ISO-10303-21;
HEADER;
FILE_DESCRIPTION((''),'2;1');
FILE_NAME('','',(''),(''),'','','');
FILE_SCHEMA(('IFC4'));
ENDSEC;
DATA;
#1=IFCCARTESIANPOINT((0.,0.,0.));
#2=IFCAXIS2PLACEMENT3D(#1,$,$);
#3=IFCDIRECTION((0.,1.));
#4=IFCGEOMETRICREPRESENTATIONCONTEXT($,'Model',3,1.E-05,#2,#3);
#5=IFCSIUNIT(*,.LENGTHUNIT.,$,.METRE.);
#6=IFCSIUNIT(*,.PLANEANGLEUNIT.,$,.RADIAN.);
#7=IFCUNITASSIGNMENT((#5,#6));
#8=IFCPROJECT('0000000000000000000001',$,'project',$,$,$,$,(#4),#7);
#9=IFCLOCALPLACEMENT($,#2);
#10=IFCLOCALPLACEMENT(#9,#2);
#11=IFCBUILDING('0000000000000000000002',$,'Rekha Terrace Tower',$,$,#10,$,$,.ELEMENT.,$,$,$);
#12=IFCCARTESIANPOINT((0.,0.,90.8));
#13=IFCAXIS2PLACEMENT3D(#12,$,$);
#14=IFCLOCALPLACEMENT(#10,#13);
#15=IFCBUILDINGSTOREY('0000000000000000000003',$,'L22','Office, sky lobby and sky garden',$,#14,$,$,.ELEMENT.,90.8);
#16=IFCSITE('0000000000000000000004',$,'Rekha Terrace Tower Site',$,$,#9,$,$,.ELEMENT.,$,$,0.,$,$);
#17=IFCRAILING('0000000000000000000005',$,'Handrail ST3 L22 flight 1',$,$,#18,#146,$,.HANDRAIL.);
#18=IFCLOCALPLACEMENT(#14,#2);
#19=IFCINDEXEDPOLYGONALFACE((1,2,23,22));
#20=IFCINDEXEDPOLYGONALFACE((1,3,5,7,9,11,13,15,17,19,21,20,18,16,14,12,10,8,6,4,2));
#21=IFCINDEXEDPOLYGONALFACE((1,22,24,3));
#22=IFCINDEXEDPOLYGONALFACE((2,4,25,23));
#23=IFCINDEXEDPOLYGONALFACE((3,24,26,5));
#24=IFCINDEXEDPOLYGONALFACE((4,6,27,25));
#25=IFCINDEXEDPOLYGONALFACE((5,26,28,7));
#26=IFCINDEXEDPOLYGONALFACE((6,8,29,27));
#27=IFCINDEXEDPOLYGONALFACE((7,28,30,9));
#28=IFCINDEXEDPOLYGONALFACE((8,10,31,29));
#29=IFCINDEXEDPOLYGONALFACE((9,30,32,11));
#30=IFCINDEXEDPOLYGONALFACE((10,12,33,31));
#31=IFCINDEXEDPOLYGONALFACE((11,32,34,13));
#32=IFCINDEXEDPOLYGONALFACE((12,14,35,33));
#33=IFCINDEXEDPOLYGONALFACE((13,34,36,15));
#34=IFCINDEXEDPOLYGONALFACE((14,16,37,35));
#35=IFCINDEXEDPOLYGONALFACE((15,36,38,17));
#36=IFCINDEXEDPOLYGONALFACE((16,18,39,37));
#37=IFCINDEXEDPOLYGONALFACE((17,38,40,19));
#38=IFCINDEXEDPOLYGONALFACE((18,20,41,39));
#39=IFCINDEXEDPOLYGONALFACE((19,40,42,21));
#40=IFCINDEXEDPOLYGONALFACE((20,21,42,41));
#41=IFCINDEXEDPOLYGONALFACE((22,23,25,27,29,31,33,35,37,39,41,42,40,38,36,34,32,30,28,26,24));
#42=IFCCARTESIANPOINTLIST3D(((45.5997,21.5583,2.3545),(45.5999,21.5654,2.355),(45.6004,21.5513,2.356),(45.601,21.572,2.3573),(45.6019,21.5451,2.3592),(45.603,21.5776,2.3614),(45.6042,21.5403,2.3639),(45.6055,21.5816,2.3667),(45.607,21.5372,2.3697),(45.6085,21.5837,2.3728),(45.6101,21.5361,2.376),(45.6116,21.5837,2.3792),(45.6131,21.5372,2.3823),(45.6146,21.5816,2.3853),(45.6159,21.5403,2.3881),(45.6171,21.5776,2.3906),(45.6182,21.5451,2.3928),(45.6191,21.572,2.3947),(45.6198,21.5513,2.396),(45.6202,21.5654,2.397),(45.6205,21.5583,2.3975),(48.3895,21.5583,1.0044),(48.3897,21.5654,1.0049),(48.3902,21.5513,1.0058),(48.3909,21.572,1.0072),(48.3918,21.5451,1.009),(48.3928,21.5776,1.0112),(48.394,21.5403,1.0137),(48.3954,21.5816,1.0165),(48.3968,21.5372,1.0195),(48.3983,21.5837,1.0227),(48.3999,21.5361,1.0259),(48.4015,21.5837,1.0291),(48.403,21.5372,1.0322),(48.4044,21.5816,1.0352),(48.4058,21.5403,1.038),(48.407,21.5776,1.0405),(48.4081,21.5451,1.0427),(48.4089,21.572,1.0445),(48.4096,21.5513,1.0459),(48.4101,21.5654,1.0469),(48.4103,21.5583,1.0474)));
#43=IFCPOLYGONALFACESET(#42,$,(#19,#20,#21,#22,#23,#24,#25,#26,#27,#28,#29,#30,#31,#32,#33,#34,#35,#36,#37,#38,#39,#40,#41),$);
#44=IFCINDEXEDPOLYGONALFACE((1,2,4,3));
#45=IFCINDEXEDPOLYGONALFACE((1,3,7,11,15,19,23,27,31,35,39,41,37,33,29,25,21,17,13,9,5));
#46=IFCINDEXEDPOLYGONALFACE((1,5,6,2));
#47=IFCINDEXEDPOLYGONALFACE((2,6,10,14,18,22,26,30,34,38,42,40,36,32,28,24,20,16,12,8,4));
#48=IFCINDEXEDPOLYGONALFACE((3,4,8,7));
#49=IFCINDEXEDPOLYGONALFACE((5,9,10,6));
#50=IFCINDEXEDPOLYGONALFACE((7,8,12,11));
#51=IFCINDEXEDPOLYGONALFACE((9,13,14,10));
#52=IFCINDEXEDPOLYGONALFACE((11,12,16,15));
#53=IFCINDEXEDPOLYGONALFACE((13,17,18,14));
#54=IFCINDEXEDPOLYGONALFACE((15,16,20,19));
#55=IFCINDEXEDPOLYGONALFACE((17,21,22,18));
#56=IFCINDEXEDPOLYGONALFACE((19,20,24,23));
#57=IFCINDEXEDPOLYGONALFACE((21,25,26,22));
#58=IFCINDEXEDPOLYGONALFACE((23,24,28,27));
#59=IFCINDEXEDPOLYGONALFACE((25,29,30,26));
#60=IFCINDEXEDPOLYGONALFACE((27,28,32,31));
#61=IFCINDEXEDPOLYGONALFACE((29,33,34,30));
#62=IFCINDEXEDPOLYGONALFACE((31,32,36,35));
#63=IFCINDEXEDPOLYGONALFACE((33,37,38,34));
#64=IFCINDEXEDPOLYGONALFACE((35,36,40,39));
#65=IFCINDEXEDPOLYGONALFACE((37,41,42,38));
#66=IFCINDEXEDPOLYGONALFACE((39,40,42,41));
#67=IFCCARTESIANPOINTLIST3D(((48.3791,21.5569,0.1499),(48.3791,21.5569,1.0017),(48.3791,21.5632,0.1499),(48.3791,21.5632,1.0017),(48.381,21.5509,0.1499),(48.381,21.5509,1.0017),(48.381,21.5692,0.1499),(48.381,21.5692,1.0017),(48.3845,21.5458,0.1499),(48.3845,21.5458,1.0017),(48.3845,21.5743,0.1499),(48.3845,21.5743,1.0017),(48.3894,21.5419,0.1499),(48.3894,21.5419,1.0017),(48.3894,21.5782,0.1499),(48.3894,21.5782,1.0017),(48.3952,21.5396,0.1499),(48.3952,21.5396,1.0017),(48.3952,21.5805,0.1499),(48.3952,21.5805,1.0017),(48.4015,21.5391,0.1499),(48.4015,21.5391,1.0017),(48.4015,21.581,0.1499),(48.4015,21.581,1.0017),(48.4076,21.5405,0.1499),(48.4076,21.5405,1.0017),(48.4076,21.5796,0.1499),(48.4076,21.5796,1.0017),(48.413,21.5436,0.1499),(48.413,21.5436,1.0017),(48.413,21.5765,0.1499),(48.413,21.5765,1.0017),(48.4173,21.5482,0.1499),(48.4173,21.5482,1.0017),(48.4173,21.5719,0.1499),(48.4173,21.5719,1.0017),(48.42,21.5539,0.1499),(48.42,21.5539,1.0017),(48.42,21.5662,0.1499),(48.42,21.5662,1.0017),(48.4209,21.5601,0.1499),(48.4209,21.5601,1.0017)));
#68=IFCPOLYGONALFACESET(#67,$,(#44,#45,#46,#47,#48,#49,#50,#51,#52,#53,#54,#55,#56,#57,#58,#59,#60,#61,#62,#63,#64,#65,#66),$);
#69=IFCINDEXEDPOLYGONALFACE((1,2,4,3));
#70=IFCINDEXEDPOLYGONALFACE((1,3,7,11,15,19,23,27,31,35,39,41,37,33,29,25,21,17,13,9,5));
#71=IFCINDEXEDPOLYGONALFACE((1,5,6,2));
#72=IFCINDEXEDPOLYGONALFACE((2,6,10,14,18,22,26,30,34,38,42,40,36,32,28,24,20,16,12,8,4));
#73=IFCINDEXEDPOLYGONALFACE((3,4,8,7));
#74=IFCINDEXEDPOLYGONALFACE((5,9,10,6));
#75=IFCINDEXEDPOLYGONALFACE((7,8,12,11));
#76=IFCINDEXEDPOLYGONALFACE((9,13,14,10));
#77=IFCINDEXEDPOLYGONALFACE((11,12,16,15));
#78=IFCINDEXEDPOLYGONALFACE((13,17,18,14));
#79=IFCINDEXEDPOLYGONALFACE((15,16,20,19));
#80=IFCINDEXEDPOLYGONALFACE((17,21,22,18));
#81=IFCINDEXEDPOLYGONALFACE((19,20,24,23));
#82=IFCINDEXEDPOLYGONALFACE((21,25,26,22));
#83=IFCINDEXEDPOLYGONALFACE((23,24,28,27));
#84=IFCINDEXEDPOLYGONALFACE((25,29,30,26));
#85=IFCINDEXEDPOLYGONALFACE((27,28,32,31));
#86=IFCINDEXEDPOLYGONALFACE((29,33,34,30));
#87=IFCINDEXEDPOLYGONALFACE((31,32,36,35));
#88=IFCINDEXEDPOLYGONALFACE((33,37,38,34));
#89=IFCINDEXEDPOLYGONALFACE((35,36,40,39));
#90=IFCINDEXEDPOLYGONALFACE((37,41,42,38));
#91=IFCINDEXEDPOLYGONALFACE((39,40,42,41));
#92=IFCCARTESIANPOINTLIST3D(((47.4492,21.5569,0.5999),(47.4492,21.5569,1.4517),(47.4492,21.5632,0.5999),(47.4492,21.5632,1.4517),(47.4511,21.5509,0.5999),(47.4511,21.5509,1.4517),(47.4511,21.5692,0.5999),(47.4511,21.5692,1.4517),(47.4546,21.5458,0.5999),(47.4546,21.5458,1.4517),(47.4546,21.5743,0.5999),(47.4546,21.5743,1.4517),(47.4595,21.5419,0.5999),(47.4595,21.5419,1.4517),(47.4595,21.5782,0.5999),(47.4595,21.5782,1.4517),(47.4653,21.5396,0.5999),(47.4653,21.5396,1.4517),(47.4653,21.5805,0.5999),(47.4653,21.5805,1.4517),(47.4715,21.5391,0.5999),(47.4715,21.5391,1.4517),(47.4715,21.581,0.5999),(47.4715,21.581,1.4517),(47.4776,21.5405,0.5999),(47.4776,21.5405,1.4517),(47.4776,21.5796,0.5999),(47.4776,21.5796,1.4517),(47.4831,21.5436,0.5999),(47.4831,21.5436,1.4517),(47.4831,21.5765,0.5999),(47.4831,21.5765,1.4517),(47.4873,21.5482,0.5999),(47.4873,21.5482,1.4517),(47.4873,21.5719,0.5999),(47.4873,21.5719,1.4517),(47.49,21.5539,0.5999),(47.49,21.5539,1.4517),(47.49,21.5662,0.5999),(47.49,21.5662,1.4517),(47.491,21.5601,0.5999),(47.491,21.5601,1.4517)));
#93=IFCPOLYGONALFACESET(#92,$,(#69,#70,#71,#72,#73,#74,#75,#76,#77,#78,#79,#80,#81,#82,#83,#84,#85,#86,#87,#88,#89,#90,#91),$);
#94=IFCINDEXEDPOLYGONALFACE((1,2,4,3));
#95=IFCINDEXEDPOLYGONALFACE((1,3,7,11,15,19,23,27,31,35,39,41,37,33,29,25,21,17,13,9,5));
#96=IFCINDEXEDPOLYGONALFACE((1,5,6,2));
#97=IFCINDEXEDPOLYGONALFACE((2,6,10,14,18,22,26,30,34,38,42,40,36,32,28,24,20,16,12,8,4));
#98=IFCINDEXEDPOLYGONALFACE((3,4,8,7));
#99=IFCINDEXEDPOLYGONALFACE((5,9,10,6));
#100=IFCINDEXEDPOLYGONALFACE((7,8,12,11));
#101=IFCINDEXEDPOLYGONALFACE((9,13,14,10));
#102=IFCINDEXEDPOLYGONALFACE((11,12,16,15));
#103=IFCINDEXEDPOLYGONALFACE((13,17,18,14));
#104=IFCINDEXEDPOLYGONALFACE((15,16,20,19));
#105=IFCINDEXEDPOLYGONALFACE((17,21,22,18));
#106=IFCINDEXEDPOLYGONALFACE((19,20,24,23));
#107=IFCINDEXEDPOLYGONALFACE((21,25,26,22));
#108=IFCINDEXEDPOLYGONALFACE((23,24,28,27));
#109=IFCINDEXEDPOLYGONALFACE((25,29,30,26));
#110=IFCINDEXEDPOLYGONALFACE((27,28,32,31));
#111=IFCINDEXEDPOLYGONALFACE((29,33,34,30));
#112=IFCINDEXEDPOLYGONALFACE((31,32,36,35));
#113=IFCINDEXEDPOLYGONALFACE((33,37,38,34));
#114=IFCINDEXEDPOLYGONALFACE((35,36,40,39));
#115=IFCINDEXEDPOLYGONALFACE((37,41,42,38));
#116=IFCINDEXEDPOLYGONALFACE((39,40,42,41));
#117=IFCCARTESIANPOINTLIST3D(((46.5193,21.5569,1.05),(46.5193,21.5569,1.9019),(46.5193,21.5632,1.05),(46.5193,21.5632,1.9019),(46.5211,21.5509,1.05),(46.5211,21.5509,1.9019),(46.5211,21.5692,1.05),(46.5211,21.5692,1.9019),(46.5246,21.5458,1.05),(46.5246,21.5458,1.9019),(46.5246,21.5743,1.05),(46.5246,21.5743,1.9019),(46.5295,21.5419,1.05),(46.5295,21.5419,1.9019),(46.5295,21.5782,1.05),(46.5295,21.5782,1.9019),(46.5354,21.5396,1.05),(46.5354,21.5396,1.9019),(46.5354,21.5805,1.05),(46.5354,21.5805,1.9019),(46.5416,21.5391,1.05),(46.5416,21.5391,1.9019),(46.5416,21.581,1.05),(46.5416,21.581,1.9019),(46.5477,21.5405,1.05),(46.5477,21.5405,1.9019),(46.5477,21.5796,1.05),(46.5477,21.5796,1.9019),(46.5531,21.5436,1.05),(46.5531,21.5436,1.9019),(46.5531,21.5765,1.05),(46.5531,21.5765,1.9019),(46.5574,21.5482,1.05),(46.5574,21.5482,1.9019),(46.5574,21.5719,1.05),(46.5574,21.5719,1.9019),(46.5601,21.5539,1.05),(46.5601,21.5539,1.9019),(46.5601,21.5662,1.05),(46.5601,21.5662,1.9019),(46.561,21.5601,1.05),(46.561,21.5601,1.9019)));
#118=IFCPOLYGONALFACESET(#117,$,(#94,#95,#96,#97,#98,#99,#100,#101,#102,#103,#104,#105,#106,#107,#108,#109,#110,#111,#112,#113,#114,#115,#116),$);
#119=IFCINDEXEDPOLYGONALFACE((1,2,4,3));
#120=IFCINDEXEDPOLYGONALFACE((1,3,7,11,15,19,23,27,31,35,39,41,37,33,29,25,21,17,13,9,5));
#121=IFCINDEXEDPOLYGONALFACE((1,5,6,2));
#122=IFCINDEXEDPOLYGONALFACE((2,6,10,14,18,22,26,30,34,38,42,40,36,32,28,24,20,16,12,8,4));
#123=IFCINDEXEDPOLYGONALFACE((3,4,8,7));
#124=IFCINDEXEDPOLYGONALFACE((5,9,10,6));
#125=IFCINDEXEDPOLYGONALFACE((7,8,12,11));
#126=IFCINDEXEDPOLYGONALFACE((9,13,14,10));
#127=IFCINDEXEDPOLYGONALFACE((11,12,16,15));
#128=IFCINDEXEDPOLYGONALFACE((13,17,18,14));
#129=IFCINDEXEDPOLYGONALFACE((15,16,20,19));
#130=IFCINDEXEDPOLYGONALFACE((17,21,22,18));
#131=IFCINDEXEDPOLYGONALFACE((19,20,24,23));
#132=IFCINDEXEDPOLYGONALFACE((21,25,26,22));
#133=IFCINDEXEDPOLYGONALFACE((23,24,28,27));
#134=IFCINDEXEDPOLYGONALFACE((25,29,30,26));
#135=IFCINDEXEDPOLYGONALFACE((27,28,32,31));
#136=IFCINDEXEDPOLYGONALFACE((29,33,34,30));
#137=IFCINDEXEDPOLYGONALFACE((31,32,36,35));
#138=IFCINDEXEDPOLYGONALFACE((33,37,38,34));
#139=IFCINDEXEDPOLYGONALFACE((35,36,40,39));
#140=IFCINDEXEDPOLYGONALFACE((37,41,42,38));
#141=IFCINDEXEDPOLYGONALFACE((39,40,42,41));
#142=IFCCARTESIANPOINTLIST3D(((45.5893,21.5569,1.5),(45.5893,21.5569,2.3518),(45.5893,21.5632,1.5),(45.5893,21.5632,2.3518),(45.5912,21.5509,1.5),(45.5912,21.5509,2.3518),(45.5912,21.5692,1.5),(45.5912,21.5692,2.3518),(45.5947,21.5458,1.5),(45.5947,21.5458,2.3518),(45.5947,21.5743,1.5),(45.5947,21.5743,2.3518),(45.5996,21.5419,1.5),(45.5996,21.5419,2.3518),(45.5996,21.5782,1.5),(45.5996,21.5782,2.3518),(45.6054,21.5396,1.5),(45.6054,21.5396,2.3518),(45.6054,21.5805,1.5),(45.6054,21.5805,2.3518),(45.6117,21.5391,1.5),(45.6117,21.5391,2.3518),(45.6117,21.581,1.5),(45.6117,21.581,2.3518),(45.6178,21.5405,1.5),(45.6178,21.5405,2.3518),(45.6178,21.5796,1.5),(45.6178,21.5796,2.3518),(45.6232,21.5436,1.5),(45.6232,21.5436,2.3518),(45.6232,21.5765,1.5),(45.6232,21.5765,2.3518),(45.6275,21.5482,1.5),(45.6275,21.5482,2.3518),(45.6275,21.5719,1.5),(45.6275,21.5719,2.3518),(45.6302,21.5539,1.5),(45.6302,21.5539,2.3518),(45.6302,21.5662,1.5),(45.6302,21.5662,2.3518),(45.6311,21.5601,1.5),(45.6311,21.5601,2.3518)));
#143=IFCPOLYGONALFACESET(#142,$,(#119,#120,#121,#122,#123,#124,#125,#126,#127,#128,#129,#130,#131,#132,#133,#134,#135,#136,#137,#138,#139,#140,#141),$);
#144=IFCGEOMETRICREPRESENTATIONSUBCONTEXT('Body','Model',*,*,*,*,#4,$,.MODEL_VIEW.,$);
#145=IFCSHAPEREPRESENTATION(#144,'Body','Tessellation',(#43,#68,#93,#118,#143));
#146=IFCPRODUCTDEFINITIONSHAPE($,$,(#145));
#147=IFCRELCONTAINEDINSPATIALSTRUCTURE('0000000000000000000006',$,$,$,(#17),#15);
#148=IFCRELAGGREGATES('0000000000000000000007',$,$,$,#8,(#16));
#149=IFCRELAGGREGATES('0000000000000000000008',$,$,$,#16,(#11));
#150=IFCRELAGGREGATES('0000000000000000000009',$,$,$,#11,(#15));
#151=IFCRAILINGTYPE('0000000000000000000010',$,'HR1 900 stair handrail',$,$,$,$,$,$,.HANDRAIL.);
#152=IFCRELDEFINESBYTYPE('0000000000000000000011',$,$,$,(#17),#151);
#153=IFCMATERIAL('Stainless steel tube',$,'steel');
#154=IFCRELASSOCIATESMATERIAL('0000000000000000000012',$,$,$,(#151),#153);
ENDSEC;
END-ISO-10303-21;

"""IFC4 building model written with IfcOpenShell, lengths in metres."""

from ifc_helpers import new_model, si_unit, direction, frame, origin, origin_2d, place, context, subcontext, project, spatial, circle, extrude, material, type_object, element, save


model = new_model("IFC4")

# Units and contexts
model_context = context("Model", 3, precision=1e-05, world=origin(), true_north=direction((0.0, 1.0)))
body_context = subcontext(model_context, "Body", "Model", "MODEL_VIEW")
ifc_project = project(units=[si_unit("LENGTHUNIT", "METRE"), si_unit("PLANEANGLEUNIT", "RADIAN")], contexts=[model_context])

# Site, building, storey
site_placement = place(None, origin())
site = spatial("IfcSite", under=ifc_project, at=site_placement, Name="Rekha Terrace Tower Site", CompositionType="ELEMENT", RefElevation=0.0)
building_placement = place(site_placement, origin())
building = spatial("IfcBuilding", under=site, at=building_placement, Name="Rekha Terrace Tower", CompositionType="ELEMENT")
storey_placement = place(building_placement, frame((0.0, 0.0, 90.8)))
storey = spatial("IfcBuildingStorey", under=building, at=storey_placement, Name="L22", Description="Office, sky lobby and sky garden", CompositionType="ELEMENT", Elevation=90.8)

# Railing
ifc_material_1 = material(Name="Stainless steel tube", Category="steel")
railing_type_1 = type_object("IfcRailingType", Name="HR1 900 stair handrail", PredefinedType="HANDRAIL", material=ifc_material_1)
railing_1_placement = place(storey_placement, frame((48.3999, 21.5601, 0.1499)))
element("IfcRailing", 1, at=railing_1_placement, inside=storey, type_object=railing_type_1, Name="Handrail ST3 L22 flight 1", PredefinedType="HANDRAIL", context=body_context, shape_type="SweptSolid", body=[
    extrude(circle(Radius=0.0239, at=origin_2d()), frame((0.0, 0.0, 0.876), z_axis=(-0.900134, 0.0, 0.435612), x_axis=(0.0, -1.0, 0.0)), (0.0, 0.0, 1.0), 3.0994),
    extrude(circle(Radius=0.021, at=origin_2d()), origin(), (0.0, 0.0, 1.0), 0.8518),
    extrude(circle(Radius=0.021, at=origin_2d()), frame((-0.9299, 0.0, 0.45)), (0.0, 0.0, 1.0), 0.8518),
    extrude(circle(Radius=0.021, at=origin_2d()), frame((-1.8599, 0.0, 0.9001)), (0.0, 0.0, 1.0), 0.8518),
    extrude(circle(Radius=0.021, at=origin_2d()), frame((-2.7898, 0.0, 1.3501)), (0.0, 0.0, 1.0), 0.8518),
])

save(model, "model.ifc")
